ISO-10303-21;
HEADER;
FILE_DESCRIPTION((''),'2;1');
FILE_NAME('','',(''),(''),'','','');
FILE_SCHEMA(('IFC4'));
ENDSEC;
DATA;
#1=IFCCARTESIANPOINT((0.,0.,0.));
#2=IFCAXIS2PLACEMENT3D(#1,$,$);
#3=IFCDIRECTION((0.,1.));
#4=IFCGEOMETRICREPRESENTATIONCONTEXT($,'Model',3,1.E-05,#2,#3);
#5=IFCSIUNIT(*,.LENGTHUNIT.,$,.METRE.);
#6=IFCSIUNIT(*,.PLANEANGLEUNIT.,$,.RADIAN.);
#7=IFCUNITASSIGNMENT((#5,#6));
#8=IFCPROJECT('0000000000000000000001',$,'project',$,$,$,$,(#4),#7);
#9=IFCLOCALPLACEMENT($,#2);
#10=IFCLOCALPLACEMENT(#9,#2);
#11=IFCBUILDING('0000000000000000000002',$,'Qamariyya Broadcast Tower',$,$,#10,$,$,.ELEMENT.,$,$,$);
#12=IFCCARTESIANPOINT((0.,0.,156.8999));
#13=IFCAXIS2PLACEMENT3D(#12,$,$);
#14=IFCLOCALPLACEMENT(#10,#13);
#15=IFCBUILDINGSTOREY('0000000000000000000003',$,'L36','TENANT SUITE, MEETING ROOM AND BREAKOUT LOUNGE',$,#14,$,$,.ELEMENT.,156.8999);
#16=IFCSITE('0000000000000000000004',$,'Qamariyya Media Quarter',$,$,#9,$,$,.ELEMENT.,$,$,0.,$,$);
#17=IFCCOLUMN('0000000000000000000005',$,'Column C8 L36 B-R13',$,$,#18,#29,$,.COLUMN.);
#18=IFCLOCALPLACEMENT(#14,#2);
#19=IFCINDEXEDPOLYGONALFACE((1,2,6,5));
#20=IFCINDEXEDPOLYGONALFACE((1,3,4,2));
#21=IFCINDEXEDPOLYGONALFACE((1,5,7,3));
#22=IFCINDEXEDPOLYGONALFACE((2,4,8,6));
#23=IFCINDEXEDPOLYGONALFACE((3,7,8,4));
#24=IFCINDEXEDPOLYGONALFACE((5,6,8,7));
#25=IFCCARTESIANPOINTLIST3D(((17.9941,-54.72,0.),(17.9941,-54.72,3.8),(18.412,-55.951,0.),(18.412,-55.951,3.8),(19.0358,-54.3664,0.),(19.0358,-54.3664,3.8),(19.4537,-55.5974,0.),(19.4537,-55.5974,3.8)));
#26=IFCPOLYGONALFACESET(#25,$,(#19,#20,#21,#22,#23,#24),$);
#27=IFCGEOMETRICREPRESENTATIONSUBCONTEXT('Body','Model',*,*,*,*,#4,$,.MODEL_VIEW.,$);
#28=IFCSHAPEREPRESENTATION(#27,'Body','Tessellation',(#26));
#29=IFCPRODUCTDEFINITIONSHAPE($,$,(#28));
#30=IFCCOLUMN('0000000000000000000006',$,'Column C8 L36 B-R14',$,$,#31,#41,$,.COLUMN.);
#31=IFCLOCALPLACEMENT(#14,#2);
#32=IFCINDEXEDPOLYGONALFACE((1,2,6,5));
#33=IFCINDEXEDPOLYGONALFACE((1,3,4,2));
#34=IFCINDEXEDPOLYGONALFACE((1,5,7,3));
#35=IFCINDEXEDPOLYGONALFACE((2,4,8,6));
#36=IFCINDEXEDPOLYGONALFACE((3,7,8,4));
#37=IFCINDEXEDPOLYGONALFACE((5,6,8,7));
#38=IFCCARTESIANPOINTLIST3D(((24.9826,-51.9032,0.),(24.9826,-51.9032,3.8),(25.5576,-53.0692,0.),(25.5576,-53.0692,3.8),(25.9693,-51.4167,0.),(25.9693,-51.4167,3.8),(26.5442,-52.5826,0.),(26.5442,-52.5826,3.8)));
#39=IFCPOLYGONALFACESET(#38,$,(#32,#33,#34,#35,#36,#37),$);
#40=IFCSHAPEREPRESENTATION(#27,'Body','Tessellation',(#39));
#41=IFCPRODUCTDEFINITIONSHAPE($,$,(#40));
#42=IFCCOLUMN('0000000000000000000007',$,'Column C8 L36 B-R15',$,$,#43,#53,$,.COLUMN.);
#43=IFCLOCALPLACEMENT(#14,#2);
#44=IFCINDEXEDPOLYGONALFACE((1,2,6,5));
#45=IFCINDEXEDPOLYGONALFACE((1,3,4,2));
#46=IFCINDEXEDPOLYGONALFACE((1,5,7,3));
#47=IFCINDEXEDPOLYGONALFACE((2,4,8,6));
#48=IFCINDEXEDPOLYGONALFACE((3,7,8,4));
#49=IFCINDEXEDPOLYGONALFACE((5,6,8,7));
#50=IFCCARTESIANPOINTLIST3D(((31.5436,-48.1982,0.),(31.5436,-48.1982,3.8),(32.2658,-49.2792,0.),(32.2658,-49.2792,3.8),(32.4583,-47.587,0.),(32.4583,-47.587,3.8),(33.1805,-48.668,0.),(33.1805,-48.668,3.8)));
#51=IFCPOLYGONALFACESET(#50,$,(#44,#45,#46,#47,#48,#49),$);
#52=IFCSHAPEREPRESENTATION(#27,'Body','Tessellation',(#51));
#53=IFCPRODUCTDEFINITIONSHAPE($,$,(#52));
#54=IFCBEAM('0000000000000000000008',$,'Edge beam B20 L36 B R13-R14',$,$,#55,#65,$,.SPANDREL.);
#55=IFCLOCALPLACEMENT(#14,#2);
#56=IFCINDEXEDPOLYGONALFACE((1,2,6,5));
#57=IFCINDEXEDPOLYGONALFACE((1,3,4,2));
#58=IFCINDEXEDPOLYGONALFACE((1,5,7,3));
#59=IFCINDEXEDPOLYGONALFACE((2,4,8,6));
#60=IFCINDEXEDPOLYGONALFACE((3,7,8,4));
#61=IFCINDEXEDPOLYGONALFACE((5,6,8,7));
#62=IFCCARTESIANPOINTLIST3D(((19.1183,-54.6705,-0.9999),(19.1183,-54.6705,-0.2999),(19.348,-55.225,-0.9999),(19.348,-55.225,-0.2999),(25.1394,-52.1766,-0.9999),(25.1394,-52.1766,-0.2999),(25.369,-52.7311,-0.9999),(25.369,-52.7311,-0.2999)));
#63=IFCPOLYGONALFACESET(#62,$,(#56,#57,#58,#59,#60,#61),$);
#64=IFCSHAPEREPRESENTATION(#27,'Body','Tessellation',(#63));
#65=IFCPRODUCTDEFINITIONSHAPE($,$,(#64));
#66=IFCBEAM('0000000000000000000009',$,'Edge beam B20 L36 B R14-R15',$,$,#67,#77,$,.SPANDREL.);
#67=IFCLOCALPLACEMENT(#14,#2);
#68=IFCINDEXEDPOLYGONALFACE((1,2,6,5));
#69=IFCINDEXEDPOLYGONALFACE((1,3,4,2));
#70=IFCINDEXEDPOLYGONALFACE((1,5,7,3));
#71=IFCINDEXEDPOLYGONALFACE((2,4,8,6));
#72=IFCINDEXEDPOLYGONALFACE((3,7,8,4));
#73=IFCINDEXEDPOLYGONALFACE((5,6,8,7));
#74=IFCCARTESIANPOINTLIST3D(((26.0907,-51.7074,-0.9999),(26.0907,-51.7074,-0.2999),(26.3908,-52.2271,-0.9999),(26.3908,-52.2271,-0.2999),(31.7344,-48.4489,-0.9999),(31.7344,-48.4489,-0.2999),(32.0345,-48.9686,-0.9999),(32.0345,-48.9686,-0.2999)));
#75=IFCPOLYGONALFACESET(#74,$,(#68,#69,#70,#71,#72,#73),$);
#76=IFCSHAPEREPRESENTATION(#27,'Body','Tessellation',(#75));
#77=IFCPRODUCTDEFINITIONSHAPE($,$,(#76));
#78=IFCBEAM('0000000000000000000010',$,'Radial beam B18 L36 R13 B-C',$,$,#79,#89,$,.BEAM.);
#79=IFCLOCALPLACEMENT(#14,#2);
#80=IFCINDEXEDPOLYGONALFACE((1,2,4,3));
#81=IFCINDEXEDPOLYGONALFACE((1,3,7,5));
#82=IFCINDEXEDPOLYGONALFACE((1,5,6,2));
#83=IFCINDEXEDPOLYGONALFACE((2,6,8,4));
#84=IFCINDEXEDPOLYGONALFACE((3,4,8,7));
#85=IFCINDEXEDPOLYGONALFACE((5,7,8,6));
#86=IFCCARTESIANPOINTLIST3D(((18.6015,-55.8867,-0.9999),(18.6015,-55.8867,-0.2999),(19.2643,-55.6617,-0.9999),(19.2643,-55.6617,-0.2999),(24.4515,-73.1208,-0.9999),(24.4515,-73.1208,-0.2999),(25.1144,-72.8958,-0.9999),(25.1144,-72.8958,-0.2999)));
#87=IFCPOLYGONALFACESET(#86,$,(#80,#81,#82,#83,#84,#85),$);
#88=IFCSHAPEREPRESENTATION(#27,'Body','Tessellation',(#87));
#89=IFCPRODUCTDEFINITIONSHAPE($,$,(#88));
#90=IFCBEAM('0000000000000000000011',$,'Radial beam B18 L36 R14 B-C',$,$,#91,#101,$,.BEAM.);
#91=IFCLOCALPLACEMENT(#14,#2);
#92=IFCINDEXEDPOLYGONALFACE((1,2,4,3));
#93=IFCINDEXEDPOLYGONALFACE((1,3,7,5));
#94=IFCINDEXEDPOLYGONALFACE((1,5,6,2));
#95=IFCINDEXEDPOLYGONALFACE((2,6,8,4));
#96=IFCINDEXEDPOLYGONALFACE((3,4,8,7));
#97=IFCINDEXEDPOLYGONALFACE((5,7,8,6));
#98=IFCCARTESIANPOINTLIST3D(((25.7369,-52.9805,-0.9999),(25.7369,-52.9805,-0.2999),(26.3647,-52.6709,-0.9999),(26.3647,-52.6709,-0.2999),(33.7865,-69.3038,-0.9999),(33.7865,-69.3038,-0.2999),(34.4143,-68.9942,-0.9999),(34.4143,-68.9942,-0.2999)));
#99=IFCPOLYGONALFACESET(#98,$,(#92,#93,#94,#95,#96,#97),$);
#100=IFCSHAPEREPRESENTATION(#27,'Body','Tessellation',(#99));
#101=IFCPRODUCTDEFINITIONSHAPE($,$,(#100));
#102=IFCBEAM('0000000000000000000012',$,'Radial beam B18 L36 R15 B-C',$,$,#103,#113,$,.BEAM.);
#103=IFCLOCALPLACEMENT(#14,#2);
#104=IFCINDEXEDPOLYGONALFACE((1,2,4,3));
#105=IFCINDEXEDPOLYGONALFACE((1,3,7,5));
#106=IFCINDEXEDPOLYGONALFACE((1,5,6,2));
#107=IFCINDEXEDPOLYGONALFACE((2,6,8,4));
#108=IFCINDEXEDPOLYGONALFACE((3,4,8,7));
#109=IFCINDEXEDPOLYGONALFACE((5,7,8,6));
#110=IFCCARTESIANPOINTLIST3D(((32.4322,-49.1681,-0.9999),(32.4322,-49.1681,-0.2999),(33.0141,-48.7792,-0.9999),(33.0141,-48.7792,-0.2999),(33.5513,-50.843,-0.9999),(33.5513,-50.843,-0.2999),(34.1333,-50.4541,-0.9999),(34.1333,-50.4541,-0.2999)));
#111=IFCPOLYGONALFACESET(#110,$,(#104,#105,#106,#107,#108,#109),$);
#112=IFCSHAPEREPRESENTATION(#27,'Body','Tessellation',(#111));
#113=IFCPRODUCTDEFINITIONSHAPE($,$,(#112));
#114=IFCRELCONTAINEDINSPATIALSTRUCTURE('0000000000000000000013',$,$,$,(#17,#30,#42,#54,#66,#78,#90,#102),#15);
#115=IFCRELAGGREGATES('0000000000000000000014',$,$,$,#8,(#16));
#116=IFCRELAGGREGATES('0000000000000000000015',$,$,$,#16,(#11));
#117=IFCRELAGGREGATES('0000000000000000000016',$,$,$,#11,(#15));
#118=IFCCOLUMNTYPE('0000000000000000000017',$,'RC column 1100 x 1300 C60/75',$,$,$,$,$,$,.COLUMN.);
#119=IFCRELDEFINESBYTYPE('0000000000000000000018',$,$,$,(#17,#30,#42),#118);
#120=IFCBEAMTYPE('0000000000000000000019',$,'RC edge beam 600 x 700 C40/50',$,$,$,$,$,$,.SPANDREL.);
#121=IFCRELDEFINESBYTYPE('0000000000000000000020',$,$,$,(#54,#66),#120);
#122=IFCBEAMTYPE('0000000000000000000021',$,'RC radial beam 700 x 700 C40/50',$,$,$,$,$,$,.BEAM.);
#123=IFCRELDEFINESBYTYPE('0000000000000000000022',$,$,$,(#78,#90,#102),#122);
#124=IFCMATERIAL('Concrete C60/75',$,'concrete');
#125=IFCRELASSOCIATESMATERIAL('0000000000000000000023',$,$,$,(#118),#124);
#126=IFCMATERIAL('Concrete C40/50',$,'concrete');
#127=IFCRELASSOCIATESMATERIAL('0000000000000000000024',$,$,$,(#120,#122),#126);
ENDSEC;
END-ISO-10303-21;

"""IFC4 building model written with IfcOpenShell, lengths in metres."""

from ifc_helpers import new_model, si_unit, direction, frame, origin, origin_2d, place, context, subcontext, project, spatial, rectangle, extrude, material, material_profile, profile_set, type_object, element, save


model = new_model("IFC4")

# Units and contexts
model_context = context("Model", 3, precision=1e-05, world=origin(), true_north=direction((0.0, 1.0)))
body_context = subcontext(model_context, "Body", "Model", "MODEL_VIEW")
ifc_project = project(units=[si_unit("LENGTHUNIT", "METRE"), si_unit("PLANEANGLEUNIT", "RADIAN")], contexts=[model_context])

# Site, building, storey
site_placement = place(None, origin())
site = spatial("IfcSite", under=ifc_project, at=site_placement, Name="Qamariyya Media Quarter", CompositionType="ELEMENT", RefElevation=0.0)
building_placement = place(site_placement, origin())
building = spatial("IfcBuilding", under=site, at=building_placement, Name="Qamariyya Broadcast Tower", CompositionType="ELEMENT")
storey_placement = place(building_placement, frame((0.0, 0.0, 156.8999)))
storey = spatial("IfcBuildingStorey", under=building, at=storey_placement, Name="L36", Description="TENANT SUITE, MEETING ROOM AND BREAKOUT LOUNGE", CompositionType="ELEMENT", Elevation=156.8999)

# Columns
ifc_material_1 = material(Name="Concrete C60/75", Category="concrete")
ifc_material_profile_1 = material_profile(ifc_material_1, rectangle(XDim=1.1001, YDim=1.3, at=origin_2d()))
ifc_profile_set_1 = profile_set([ifc_material_profile_1], Name="Concrete C60/75")
column_type = type_object("IfcColumnType", Name="RC column 1100 x 1300 C60/75", PredefinedType="COLUMN", material=ifc_profile_set_1)
for number, where, z_axis, x_axis, name in (
    (1, (18.7239, -55.1587, 0.0), (0.0, 0.0, 1.0), (0.94693, 0.321439, 0.0), "Column C8 L36 B-R13"),
    (2, (25.7634, -52.2429, 0.0), (0.0, 0.0, 1.0), (0.896873, 0.442289, 0.0), "Column C8 L36 B-R14"),
    (3, (32.3621, -48.4331, 0.0), (0.0, 0.0, 1.0), (0.83147, 0.55557, 0.0), "Column C8 L36 B-R15"),
):
    element("IfcColumn", number, at=place(storey_placement, frame(where, z_axis=z_axis, x_axis=x_axis)), inside=storey, type_object=column_type, Name=name, PredefinedType="COLUMN", context=body_context, shape_type="SweptSolid", body=[
        extrude(rectangle(XDim=1.1001, YDim=1.3, at=origin_2d()), origin(), (0.0, 0.0, 1.0), 3.8),
    ])

# Beams
ifc_material_2 = material(Name="Concrete C40/50", Category="concrete")
ifc_material_profile_2 = material_profile(ifc_material_2, rectangle(XDim=0.6001, YDim=0.7, at=origin_2d()))
ifc_profile_set_2 = profile_set([ifc_material_profile_2], Name="Concrete C40/50")
beam_type_1 = type_object("IfcBeamType", Name="RC edge beam 600 x 700 C40/50", PredefinedType="SPANDREL", material=ifc_profile_set_2)
beam_1_placement = place(storey_placement, frame((19.2332, -54.9478, -0.6499), z_axis=(0.923884, 0.382673, 0.0), x_axis=(-0.382673, 0.923884, 0.0)))
element("IfcBeam", 4, at=beam_1_placement, inside=storey, type_object=beam_type_1, Name="Edge beam B20 L36 B R13-R14", PredefinedType="SPANDREL", context=body_context, shape_type="SweptSolid", body=[
    extrude(rectangle(XDim=0.6001, YDim=0.7, at=origin_2d()), origin(), (0.0, 0.0, 1.0), 6.5171),
])
beam_2_placement = place(storey_placement, frame((26.2407, -51.9673, -0.6499), z_axis=(0.866019, 0.500011, 0.0), x_axis=(-0.500011, 0.866019, 0.0)))
element("IfcBeam", 5, at=beam_2_placement, inside=storey, type_object=beam_type_1, Name="Edge beam B20 L36 B R14-R15", PredefinedType="SPANDREL", context=body_context, shape_type="SweptSolid", body=[
    extrude(rectangle(XDim=0.6001, YDim=0.7, at=origin_2d()), origin(), (0.0, 0.0, 1.0), 6.5168),
])
ifc_material_profile_3 = material_profile(ifc_material_2, rectangle(XDim=0.7, YDim=0.7, at=origin_2d()))
ifc_profile_set_3 = profile_set([ifc_material_profile_3], Name="Concrete C40/50")
beam_type_2 = type_object("IfcBeamType", Name="RC radial beam 700 x 700 C40/50", PredefinedType="BEAM", material=ifc_profile_set_3)
beam_3_placement = place(storey_placement, frame((18.9329, -55.7742, -0.6499), z_axis=(0.321434, -0.946932, 0.0), x_axis=(0.946932, 0.321434, 0.0)))
element("IfcBeam", 6, at=beam_3_placement, inside=storey, type_object=beam_type_2, Name="Radial beam B18 L36 R13 B-C", PredefinedType="BEAM", context=body_context, shape_type="SweptSolid", body=[
    extrude(rectangle(XDim=0.7, YDim=0.7, at=origin_2d()), origin(), (0.0, 0.0, 1.0), 18.2),
])
beam_4_placement = place(storey_placement, frame((26.0508, -52.8257, -0.6499), z_axis=(0.442281, -0.896876, 0.0), x_axis=(0.896876, 0.442281, 0.0)))
element("IfcBeam", 7, at=beam_4_placement, inside=storey, type_object=beam_type_2, Name="Radial beam B18 L36 R14 B-C", PredefinedType="BEAM", context=body_context, shape_type="SweptSolid", body=[
    extrude(rectangle(XDim=0.7, YDim=0.7, at=origin_2d()), origin(), (0.0, 0.0, 1.0), 18.2002),
])
beam_5_placement = place(storey_placement, frame((32.7231, -48.9736, -0.6499), z_axis=(0.555595, -0.831453, 0.0), x_axis=(0.831453, 0.555595, 0.0)))
element("IfcBeam", 8, at=beam_5_placement, inside=storey, type_object=beam_type_2, Name="Radial beam B18 L36 R15 B-C", PredefinedType="BEAM", context=body_context, shape_type="SweptSolid", body=[
    extrude(rectangle(XDim=0.7, YDim=0.7, at=origin_2d()), origin(), (0.0, 0.0, 1.0), 2.0144),
])

save(model, "model.ifc")
